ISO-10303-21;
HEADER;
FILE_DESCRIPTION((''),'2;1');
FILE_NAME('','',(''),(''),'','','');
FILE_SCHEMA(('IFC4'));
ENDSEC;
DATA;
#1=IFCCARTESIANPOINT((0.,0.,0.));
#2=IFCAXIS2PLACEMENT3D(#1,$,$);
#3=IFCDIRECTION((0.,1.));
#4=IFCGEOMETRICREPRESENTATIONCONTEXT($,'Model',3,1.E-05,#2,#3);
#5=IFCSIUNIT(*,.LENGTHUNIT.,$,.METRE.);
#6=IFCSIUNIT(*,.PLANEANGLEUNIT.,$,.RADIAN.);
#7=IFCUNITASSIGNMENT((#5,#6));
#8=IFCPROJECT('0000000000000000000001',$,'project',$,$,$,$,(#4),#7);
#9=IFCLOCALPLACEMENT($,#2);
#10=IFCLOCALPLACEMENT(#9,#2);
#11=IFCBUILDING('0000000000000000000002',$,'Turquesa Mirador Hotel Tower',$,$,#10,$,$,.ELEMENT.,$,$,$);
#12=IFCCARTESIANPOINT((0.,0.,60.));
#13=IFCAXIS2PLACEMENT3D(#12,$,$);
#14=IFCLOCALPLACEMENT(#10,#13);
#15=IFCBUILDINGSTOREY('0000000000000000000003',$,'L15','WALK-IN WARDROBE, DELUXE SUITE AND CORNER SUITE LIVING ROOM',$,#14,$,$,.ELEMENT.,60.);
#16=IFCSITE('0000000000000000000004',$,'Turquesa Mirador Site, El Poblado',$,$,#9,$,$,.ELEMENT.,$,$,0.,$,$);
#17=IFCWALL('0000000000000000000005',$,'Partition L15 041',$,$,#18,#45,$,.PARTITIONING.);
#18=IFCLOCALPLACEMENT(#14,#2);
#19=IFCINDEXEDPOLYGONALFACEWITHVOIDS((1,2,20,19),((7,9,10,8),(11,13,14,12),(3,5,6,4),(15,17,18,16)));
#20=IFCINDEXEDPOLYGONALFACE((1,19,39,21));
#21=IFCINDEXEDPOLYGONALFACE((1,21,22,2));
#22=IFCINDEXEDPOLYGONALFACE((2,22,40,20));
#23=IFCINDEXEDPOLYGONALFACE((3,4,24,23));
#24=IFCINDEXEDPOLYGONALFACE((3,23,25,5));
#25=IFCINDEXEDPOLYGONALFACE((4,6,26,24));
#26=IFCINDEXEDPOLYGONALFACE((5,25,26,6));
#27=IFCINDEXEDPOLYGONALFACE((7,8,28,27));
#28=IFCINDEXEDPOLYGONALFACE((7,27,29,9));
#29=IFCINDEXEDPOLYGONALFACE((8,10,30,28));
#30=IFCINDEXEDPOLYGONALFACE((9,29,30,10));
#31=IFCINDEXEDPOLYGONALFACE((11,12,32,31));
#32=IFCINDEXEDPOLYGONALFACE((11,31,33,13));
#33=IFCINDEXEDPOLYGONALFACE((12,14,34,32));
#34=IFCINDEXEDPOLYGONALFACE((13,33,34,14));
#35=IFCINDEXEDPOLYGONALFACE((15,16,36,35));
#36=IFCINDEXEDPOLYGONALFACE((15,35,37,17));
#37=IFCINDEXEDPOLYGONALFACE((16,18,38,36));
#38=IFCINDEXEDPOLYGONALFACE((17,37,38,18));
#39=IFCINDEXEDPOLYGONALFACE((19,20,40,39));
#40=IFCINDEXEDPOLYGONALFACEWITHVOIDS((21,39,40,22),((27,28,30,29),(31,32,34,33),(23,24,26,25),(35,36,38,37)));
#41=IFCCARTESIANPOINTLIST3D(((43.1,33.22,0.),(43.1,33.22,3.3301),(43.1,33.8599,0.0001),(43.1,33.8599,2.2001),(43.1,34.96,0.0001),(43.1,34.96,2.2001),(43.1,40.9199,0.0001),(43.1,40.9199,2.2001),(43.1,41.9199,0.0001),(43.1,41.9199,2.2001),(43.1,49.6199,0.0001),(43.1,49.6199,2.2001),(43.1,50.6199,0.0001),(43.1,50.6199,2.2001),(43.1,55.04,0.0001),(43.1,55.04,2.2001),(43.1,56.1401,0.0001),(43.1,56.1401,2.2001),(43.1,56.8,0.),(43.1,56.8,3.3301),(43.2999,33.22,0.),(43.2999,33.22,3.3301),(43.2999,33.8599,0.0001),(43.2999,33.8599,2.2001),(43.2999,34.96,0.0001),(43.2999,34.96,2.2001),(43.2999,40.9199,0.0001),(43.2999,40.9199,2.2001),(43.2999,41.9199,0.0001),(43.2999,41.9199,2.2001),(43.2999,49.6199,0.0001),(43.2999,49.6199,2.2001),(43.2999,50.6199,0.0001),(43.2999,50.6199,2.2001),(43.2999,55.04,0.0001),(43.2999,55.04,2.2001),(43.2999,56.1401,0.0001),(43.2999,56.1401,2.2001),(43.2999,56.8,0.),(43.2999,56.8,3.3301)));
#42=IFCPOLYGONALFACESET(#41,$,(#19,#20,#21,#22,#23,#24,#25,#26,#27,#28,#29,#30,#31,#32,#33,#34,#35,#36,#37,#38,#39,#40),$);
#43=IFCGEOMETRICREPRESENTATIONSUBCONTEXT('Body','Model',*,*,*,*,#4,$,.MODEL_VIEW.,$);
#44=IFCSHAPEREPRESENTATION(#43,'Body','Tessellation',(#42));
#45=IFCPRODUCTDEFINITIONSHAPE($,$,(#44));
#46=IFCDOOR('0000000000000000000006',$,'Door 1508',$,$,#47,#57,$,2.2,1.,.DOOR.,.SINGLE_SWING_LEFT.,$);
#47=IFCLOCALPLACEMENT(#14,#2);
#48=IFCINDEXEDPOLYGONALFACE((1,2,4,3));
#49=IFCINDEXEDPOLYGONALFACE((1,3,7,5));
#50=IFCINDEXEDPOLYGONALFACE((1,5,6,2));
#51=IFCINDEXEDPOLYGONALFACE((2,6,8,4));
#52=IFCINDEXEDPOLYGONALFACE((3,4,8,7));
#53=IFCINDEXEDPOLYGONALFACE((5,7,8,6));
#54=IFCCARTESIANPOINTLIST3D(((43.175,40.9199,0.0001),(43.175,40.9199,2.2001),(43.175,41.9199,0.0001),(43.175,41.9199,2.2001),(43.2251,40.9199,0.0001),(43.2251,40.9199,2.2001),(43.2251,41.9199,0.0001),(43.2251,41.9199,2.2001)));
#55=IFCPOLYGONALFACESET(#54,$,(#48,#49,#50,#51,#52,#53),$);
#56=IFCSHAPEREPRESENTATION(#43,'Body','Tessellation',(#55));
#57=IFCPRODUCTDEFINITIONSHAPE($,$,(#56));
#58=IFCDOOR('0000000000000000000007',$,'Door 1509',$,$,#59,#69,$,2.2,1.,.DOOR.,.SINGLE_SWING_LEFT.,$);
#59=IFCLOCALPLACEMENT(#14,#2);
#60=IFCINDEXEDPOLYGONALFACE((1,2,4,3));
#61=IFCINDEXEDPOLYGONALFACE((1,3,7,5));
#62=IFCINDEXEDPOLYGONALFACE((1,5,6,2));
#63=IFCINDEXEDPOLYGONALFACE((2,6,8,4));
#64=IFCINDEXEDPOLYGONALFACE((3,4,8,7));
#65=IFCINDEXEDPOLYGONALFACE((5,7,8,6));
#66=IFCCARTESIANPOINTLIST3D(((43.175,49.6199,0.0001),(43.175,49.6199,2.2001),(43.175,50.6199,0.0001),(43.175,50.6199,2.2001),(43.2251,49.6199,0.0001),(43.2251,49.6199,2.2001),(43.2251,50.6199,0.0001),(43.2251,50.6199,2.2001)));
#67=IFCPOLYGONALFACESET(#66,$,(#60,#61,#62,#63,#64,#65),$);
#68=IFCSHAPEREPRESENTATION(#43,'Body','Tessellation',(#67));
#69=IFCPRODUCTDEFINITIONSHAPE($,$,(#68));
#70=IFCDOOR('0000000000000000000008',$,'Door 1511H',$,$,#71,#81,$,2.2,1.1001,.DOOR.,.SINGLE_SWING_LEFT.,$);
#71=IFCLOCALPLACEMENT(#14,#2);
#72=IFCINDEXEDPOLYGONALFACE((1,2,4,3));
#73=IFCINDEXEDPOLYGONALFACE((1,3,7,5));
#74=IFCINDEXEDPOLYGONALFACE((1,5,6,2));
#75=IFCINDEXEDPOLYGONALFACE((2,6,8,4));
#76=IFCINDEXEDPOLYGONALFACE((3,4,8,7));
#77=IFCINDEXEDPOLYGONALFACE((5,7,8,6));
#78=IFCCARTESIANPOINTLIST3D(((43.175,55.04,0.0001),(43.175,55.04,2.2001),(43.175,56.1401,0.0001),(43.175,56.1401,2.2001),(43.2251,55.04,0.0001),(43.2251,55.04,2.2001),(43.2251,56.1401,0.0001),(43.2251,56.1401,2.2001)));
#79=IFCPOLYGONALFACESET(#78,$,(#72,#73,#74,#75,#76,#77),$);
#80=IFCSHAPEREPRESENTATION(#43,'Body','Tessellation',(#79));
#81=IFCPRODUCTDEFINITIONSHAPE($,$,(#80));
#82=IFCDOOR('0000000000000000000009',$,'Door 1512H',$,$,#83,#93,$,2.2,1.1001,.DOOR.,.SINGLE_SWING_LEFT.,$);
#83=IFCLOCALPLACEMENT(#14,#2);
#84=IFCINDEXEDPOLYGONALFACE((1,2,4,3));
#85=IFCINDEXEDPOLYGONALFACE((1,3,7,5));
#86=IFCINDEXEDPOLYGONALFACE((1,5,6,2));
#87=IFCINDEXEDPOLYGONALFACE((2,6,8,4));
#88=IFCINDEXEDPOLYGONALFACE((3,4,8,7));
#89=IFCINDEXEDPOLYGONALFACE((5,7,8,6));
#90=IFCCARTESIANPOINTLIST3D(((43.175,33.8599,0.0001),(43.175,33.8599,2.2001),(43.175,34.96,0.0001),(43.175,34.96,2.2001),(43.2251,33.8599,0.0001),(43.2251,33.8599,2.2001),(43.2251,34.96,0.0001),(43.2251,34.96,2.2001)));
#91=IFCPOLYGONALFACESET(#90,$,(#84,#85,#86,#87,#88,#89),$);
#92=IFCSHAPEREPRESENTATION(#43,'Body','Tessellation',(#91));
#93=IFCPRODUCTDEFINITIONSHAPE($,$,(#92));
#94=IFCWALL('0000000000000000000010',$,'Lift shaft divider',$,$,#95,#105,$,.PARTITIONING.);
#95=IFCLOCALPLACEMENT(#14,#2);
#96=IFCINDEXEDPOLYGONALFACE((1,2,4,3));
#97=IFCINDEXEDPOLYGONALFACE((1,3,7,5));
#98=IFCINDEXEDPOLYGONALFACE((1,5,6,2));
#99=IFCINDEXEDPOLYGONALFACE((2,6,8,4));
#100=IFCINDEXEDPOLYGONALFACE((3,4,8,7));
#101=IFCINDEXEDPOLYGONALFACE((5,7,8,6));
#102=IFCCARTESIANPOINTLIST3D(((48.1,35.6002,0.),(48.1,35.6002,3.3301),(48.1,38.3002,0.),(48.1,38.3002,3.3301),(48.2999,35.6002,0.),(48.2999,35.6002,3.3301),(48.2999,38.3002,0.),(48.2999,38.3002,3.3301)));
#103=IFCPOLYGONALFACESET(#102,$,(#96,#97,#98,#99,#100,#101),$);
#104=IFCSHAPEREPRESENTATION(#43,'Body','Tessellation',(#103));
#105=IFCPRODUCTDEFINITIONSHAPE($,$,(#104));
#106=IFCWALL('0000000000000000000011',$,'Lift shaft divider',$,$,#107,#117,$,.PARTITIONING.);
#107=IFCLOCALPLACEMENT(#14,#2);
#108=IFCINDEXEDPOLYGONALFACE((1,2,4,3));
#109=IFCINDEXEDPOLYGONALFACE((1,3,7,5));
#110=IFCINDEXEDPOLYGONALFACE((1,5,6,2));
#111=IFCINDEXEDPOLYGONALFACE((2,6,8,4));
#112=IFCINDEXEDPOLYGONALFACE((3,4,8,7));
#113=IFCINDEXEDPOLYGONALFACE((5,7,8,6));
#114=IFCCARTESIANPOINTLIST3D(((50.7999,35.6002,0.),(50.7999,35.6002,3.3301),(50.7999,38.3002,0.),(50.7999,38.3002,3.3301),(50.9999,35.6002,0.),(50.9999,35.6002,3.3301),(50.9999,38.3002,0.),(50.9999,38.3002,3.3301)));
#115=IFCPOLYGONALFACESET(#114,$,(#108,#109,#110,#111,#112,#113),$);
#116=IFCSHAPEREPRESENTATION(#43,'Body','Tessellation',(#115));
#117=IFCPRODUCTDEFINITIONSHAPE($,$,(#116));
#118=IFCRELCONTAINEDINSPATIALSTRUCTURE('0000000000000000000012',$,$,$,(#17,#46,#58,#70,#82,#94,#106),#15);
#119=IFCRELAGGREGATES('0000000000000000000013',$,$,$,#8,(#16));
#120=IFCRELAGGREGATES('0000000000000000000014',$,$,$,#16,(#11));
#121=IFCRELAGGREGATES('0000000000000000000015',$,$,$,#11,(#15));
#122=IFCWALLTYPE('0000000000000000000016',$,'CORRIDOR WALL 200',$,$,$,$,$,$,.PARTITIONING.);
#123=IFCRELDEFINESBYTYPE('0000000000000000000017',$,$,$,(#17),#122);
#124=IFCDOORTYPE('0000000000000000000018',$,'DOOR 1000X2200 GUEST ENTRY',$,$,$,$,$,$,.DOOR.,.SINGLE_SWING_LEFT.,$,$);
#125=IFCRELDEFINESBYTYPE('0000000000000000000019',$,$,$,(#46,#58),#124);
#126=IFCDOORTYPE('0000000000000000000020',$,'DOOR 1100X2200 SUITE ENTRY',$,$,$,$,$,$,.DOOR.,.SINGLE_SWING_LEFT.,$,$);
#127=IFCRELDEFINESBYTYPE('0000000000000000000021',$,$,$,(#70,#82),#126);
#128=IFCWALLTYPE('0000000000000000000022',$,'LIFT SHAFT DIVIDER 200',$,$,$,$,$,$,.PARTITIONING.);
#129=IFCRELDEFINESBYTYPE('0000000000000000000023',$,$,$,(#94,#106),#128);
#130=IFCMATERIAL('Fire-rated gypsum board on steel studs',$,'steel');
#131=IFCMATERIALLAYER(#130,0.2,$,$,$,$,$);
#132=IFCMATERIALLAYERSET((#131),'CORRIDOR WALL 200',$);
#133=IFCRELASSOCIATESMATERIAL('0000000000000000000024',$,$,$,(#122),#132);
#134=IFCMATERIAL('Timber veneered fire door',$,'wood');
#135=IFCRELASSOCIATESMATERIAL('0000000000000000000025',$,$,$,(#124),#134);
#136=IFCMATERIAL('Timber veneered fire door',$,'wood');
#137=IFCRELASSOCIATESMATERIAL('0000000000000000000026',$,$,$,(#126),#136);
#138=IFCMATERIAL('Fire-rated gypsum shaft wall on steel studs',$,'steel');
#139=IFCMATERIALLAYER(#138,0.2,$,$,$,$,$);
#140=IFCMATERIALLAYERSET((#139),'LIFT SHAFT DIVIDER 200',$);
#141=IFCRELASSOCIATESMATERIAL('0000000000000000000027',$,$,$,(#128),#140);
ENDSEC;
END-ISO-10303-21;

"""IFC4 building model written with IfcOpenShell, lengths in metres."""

from ifc_helpers import new_model, si_unit, direction, frame, frame_2d, origin, place, context, subcontext, project, spatial, rectangle, extrude, material, layer, layer_set, type_object, element, fill, save


model = new_model("IFC4")

# Units and contexts
model_context = context("Model", 3, precision=1e-05, world=origin(), true_north=direction((0.0, 1.0)))
body_context = subcontext(model_context, "Body", "Model", "MODEL_VIEW")
ifc_project = project(units=[si_unit("LENGTHUNIT", "METRE"), si_unit("PLANEANGLEUNIT", "RADIAN")], contexts=[model_context])

# Site, building, storey
site_placement = place(None, origin())
site = spatial("IfcSite", under=ifc_project, at=site_placement, Name="Turquesa Mirador Site, El Poblado", CompositionType="ELEMENT", RefElevation=0.0)
building_placement = place(site_placement, origin())
building = spatial("IfcBuilding", under=site, at=building_placement, Name="Turquesa Mirador Hotel Tower", CompositionType="ELEMENT")
storey_placement = place(building_placement, frame((0.0, 0.0, 60.0)))
storey = spatial("IfcBuildingStorey", under=building, at=storey_placement, Name="L15", Description="WALK-IN WARDROBE, DELUXE SUITE AND CORNER SUITE LIVING ROOM", CompositionType="ELEMENT", Elevation=60.0)

# Wall, openings, doors
ifc_material_1 = material(Name="Fire-rated gypsum board on steel studs", Category="steel")
ifc_layer_1 = layer(ifc_material_1, 0.2)
ifc_layer_set_1 = layer_set([ifc_layer_1], Name="CORRIDOR WALL 200")
wall_type_1 = type_object("IfcWallType", Name="CORRIDOR WALL 200", PredefinedType="PARTITIONING", material=ifc_layer_set_1)
wall_1_placement = place(storey_placement, frame((43.2, 33.22, 0.0), z_axis=(0.0, 0.0, 1.0), x_axis=(0.0, 1.0, 0.0)))
wall_1 = element("IfcWall", 1, at=wall_1_placement, inside=storey, type_object=wall_type_1, Name="Partition L15 041", PredefinedType="PARTITIONING", context=body_context, shape_type="SweptSolid", body=[
    extrude(rectangle(XDim=23.5801, YDim=0.2, at=frame_2d((11.79, 0.0))), origin(), (0.0, 0.0, 1.0), 3.3301),
])
opening_1_placement = place(wall_1_placement, frame((7.7, 0.0, 0.0)))
opening_1 = element("IfcOpeningElement", 2, at=opening_1_placement, cuts=wall_1, PredefinedType="OPENING", context=body_context, shape_type="SweptSolid", body=[
    extrude(rectangle(XDim=1.0, YDim=2.2, at=frame_2d((0.5, 1.1001))), frame((0.0, 0.1099, 0.0), z_axis=(0.0, -1.0, 0.0), x_axis=(1.0, 0.0, 0.0)), (0.0, 0.0, 1.0), 0.22),
])
opening_2_placement = place(wall_1_placement, frame((16.3999, 0.0, 0.0)))
opening_2 = element("IfcOpeningElement", 3, at=opening_2_placement, cuts=wall_1, PredefinedType="OPENING", context=body_context, shape_type="SweptSolid", body=[
    extrude(rectangle(XDim=1.0, YDim=2.2, at=frame_2d((0.5, 1.1001))), frame((0.0, 0.1099, 0.0), z_axis=(0.0, -1.0, 0.0), x_axis=(1.0, 0.0, 0.0)), (0.0, 0.0, 1.0), 0.22),
])
opening_3_placement = place(wall_1_placement, frame((21.8201, 0.0, 0.0)))
opening_3 = element("IfcOpeningElement", 4, at=opening_3_placement, cuts=wall_1, PredefinedType="OPENING", context=body_context, shape_type="SweptSolid", body=[
    extrude(rectangle(XDim=1.1001, YDim=2.2, at=frame_2d((0.55, 1.1001))), frame((0.0, 0.1099, 0.0), z_axis=(0.0, -1.0, 0.0), x_axis=(1.0, 0.0, 0.0)), (0.0, 0.0, 1.0), 0.22),
])
opening_4_placement = place(wall_1_placement, frame((0.6399, 0.0, 0.0)))
opening_4 = element("IfcOpeningElement", 5, at=opening_4_placement, cuts=wall_1, PredefinedType="OPENING", context=body_context, shape_type="SweptSolid", body=[
    extrude(rectangle(XDim=1.1001, YDim=2.2, at=frame_2d((0.55, 1.1001))), frame((0.0, 0.1099, 0.0), z_axis=(0.0, -1.0, 0.0), x_axis=(1.0, 0.0, 0.0)), (0.0, 0.0, 1.0), 0.22),
])
ifc_material_2 = material(Name="Timber veneered fire door", Category="wood")
door_type_1 = type_object("IfcDoorType", Name="DOOR 1000X2200 GUEST ENTRY", OperationType="SINGLE_SWING_LEFT", PredefinedType="DOOR", material=ifc_material_2)
door_1_placement = place(opening_1_placement, origin())
door_1 = element("IfcDoor", 6, at=door_1_placement, inside=storey, type_object=door_type_1, Name="Door 1508", OperationType="SINGLE_SWING_LEFT", OverallHeight=2.2, OverallWidth=1.0, PredefinedType="DOOR", context=body_context, shape_type="SweptSolid", body=[
    extrude(rectangle(XDim=1.0, YDim=2.2, at=frame_2d((0.5, 1.1001))), frame((0.0, 0.0249, 0.0), z_axis=(0.0, -1.0, 0.0), x_axis=(1.0, 0.0, 0.0)), (0.0, 0.0, 1.0), 0.05),
])
fill(opening_1, door_1)
door_2_placement = place(opening_2_placement, origin())
door_2 = element("IfcDoor", 7, at=door_2_placement, inside=storey, type_object=door_type_1, Name="Door 1509", OperationType="SINGLE_SWING_LEFT", OverallHeight=2.2, OverallWidth=1.0, PredefinedType="DOOR", context=body_context, shape_type="SweptSolid", body=[
    extrude(rectangle(XDim=1.0, YDim=2.2, at=frame_2d((0.5, 1.1001))), frame((0.0, 0.0249, 0.0), z_axis=(0.0, -1.0, 0.0), x_axis=(1.0, 0.0, 0.0)), (0.0, 0.0, 1.0), 0.05),
])
fill(opening_2, door_2)
ifc_material_3 = material(Name="Timber veneered fire door", Category="wood")
door_type_2 = type_object("IfcDoorType", Name="DOOR 1100X2200 SUITE ENTRY", OperationType="SINGLE_SWING_LEFT", PredefinedType="DOOR", material=ifc_material_3)
door_3_placement = place(opening_3_placement, origin())
door_3 = element("IfcDoor", 8, at=door_3_placement, inside=storey, type_object=door_type_2, Name="Door 1511H", OperationType="SINGLE_SWING_LEFT", OverallHeight=2.2, OverallWidth=1.1001, PredefinedType="DOOR", context=body_context, shape_type="SweptSolid", body=[
    extrude(rectangle(XDim=1.1001, YDim=2.2, at=frame_2d((0.55, 1.1001))), frame((0.0, 0.0249, 0.0), z_axis=(0.0, -1.0, 0.0), x_axis=(1.0, 0.0, 0.0)), (0.0, 0.0, 1.0), 0.05),
])
fill(opening_3, door_3)
door_4_placement = place(opening_4_placement, origin())
door_4 = element("IfcDoor", 9, at=door_4_placement, inside=storey, type_object=door_type_2, Name="Door 1512H", OperationType="SINGLE_SWING_LEFT", OverallHeight=2.2, OverallWidth=1.1001, PredefinedType="DOOR", context=body_context, shape_type="SweptSolid", body=[
    extrude(rectangle(XDim=1.1001, YDim=2.2, at=frame_2d((0.55, 1.1001))), frame((0.0, 0.0249, 0.0), z_axis=(0.0, -1.0, 0.0), x_axis=(1.0, 0.0, 0.0)), (0.0, 0.0, 1.0), 0.05),
])
fill(opening_4, door_4)

# Walls
ifc_material_4 = material(Name="Fire-rated gypsum shaft wall on steel studs", Category="steel")
ifc_layer_2 = layer(ifc_material_4, 0.2)
ifc_layer_set_2 = layer_set([ifc_layer_2], Name="LIFT SHAFT DIVIDER 200")
wall_type_2 = type_object("IfcWallType", Name="LIFT SHAFT DIVIDER 200", PredefinedType="PARTITIONING", material=ifc_layer_set_2)
for number, where, z_axis, x_axis, name in (
    (10, (48.2, 35.6001, 0.0), (0.0, 0.0, 1.0), (0.0, 1.0, 0.0), "Lift shaft divider"),
    (11, (50.8999, 35.6001, 0.0), (0.0, 0.0, 1.0), (0.0, 1.0, 0.0), "Lift shaft divider"),
):
    element("IfcWall", number, at=place(storey_placement, frame(where, z_axis=z_axis, x_axis=x_axis)), inside=storey, type_object=wall_type_2, Name=name, PredefinedType="PARTITIONING", context=body_context, shape_type="SweptSolid", body=[
        extrude(rectangle(XDim=2.7, YDim=0.2, at=frame_2d((1.3501, 0.0))), origin(), (0.0, 0.0, 1.0), 3.3301),
    ])

save(model, "model.ifc")
